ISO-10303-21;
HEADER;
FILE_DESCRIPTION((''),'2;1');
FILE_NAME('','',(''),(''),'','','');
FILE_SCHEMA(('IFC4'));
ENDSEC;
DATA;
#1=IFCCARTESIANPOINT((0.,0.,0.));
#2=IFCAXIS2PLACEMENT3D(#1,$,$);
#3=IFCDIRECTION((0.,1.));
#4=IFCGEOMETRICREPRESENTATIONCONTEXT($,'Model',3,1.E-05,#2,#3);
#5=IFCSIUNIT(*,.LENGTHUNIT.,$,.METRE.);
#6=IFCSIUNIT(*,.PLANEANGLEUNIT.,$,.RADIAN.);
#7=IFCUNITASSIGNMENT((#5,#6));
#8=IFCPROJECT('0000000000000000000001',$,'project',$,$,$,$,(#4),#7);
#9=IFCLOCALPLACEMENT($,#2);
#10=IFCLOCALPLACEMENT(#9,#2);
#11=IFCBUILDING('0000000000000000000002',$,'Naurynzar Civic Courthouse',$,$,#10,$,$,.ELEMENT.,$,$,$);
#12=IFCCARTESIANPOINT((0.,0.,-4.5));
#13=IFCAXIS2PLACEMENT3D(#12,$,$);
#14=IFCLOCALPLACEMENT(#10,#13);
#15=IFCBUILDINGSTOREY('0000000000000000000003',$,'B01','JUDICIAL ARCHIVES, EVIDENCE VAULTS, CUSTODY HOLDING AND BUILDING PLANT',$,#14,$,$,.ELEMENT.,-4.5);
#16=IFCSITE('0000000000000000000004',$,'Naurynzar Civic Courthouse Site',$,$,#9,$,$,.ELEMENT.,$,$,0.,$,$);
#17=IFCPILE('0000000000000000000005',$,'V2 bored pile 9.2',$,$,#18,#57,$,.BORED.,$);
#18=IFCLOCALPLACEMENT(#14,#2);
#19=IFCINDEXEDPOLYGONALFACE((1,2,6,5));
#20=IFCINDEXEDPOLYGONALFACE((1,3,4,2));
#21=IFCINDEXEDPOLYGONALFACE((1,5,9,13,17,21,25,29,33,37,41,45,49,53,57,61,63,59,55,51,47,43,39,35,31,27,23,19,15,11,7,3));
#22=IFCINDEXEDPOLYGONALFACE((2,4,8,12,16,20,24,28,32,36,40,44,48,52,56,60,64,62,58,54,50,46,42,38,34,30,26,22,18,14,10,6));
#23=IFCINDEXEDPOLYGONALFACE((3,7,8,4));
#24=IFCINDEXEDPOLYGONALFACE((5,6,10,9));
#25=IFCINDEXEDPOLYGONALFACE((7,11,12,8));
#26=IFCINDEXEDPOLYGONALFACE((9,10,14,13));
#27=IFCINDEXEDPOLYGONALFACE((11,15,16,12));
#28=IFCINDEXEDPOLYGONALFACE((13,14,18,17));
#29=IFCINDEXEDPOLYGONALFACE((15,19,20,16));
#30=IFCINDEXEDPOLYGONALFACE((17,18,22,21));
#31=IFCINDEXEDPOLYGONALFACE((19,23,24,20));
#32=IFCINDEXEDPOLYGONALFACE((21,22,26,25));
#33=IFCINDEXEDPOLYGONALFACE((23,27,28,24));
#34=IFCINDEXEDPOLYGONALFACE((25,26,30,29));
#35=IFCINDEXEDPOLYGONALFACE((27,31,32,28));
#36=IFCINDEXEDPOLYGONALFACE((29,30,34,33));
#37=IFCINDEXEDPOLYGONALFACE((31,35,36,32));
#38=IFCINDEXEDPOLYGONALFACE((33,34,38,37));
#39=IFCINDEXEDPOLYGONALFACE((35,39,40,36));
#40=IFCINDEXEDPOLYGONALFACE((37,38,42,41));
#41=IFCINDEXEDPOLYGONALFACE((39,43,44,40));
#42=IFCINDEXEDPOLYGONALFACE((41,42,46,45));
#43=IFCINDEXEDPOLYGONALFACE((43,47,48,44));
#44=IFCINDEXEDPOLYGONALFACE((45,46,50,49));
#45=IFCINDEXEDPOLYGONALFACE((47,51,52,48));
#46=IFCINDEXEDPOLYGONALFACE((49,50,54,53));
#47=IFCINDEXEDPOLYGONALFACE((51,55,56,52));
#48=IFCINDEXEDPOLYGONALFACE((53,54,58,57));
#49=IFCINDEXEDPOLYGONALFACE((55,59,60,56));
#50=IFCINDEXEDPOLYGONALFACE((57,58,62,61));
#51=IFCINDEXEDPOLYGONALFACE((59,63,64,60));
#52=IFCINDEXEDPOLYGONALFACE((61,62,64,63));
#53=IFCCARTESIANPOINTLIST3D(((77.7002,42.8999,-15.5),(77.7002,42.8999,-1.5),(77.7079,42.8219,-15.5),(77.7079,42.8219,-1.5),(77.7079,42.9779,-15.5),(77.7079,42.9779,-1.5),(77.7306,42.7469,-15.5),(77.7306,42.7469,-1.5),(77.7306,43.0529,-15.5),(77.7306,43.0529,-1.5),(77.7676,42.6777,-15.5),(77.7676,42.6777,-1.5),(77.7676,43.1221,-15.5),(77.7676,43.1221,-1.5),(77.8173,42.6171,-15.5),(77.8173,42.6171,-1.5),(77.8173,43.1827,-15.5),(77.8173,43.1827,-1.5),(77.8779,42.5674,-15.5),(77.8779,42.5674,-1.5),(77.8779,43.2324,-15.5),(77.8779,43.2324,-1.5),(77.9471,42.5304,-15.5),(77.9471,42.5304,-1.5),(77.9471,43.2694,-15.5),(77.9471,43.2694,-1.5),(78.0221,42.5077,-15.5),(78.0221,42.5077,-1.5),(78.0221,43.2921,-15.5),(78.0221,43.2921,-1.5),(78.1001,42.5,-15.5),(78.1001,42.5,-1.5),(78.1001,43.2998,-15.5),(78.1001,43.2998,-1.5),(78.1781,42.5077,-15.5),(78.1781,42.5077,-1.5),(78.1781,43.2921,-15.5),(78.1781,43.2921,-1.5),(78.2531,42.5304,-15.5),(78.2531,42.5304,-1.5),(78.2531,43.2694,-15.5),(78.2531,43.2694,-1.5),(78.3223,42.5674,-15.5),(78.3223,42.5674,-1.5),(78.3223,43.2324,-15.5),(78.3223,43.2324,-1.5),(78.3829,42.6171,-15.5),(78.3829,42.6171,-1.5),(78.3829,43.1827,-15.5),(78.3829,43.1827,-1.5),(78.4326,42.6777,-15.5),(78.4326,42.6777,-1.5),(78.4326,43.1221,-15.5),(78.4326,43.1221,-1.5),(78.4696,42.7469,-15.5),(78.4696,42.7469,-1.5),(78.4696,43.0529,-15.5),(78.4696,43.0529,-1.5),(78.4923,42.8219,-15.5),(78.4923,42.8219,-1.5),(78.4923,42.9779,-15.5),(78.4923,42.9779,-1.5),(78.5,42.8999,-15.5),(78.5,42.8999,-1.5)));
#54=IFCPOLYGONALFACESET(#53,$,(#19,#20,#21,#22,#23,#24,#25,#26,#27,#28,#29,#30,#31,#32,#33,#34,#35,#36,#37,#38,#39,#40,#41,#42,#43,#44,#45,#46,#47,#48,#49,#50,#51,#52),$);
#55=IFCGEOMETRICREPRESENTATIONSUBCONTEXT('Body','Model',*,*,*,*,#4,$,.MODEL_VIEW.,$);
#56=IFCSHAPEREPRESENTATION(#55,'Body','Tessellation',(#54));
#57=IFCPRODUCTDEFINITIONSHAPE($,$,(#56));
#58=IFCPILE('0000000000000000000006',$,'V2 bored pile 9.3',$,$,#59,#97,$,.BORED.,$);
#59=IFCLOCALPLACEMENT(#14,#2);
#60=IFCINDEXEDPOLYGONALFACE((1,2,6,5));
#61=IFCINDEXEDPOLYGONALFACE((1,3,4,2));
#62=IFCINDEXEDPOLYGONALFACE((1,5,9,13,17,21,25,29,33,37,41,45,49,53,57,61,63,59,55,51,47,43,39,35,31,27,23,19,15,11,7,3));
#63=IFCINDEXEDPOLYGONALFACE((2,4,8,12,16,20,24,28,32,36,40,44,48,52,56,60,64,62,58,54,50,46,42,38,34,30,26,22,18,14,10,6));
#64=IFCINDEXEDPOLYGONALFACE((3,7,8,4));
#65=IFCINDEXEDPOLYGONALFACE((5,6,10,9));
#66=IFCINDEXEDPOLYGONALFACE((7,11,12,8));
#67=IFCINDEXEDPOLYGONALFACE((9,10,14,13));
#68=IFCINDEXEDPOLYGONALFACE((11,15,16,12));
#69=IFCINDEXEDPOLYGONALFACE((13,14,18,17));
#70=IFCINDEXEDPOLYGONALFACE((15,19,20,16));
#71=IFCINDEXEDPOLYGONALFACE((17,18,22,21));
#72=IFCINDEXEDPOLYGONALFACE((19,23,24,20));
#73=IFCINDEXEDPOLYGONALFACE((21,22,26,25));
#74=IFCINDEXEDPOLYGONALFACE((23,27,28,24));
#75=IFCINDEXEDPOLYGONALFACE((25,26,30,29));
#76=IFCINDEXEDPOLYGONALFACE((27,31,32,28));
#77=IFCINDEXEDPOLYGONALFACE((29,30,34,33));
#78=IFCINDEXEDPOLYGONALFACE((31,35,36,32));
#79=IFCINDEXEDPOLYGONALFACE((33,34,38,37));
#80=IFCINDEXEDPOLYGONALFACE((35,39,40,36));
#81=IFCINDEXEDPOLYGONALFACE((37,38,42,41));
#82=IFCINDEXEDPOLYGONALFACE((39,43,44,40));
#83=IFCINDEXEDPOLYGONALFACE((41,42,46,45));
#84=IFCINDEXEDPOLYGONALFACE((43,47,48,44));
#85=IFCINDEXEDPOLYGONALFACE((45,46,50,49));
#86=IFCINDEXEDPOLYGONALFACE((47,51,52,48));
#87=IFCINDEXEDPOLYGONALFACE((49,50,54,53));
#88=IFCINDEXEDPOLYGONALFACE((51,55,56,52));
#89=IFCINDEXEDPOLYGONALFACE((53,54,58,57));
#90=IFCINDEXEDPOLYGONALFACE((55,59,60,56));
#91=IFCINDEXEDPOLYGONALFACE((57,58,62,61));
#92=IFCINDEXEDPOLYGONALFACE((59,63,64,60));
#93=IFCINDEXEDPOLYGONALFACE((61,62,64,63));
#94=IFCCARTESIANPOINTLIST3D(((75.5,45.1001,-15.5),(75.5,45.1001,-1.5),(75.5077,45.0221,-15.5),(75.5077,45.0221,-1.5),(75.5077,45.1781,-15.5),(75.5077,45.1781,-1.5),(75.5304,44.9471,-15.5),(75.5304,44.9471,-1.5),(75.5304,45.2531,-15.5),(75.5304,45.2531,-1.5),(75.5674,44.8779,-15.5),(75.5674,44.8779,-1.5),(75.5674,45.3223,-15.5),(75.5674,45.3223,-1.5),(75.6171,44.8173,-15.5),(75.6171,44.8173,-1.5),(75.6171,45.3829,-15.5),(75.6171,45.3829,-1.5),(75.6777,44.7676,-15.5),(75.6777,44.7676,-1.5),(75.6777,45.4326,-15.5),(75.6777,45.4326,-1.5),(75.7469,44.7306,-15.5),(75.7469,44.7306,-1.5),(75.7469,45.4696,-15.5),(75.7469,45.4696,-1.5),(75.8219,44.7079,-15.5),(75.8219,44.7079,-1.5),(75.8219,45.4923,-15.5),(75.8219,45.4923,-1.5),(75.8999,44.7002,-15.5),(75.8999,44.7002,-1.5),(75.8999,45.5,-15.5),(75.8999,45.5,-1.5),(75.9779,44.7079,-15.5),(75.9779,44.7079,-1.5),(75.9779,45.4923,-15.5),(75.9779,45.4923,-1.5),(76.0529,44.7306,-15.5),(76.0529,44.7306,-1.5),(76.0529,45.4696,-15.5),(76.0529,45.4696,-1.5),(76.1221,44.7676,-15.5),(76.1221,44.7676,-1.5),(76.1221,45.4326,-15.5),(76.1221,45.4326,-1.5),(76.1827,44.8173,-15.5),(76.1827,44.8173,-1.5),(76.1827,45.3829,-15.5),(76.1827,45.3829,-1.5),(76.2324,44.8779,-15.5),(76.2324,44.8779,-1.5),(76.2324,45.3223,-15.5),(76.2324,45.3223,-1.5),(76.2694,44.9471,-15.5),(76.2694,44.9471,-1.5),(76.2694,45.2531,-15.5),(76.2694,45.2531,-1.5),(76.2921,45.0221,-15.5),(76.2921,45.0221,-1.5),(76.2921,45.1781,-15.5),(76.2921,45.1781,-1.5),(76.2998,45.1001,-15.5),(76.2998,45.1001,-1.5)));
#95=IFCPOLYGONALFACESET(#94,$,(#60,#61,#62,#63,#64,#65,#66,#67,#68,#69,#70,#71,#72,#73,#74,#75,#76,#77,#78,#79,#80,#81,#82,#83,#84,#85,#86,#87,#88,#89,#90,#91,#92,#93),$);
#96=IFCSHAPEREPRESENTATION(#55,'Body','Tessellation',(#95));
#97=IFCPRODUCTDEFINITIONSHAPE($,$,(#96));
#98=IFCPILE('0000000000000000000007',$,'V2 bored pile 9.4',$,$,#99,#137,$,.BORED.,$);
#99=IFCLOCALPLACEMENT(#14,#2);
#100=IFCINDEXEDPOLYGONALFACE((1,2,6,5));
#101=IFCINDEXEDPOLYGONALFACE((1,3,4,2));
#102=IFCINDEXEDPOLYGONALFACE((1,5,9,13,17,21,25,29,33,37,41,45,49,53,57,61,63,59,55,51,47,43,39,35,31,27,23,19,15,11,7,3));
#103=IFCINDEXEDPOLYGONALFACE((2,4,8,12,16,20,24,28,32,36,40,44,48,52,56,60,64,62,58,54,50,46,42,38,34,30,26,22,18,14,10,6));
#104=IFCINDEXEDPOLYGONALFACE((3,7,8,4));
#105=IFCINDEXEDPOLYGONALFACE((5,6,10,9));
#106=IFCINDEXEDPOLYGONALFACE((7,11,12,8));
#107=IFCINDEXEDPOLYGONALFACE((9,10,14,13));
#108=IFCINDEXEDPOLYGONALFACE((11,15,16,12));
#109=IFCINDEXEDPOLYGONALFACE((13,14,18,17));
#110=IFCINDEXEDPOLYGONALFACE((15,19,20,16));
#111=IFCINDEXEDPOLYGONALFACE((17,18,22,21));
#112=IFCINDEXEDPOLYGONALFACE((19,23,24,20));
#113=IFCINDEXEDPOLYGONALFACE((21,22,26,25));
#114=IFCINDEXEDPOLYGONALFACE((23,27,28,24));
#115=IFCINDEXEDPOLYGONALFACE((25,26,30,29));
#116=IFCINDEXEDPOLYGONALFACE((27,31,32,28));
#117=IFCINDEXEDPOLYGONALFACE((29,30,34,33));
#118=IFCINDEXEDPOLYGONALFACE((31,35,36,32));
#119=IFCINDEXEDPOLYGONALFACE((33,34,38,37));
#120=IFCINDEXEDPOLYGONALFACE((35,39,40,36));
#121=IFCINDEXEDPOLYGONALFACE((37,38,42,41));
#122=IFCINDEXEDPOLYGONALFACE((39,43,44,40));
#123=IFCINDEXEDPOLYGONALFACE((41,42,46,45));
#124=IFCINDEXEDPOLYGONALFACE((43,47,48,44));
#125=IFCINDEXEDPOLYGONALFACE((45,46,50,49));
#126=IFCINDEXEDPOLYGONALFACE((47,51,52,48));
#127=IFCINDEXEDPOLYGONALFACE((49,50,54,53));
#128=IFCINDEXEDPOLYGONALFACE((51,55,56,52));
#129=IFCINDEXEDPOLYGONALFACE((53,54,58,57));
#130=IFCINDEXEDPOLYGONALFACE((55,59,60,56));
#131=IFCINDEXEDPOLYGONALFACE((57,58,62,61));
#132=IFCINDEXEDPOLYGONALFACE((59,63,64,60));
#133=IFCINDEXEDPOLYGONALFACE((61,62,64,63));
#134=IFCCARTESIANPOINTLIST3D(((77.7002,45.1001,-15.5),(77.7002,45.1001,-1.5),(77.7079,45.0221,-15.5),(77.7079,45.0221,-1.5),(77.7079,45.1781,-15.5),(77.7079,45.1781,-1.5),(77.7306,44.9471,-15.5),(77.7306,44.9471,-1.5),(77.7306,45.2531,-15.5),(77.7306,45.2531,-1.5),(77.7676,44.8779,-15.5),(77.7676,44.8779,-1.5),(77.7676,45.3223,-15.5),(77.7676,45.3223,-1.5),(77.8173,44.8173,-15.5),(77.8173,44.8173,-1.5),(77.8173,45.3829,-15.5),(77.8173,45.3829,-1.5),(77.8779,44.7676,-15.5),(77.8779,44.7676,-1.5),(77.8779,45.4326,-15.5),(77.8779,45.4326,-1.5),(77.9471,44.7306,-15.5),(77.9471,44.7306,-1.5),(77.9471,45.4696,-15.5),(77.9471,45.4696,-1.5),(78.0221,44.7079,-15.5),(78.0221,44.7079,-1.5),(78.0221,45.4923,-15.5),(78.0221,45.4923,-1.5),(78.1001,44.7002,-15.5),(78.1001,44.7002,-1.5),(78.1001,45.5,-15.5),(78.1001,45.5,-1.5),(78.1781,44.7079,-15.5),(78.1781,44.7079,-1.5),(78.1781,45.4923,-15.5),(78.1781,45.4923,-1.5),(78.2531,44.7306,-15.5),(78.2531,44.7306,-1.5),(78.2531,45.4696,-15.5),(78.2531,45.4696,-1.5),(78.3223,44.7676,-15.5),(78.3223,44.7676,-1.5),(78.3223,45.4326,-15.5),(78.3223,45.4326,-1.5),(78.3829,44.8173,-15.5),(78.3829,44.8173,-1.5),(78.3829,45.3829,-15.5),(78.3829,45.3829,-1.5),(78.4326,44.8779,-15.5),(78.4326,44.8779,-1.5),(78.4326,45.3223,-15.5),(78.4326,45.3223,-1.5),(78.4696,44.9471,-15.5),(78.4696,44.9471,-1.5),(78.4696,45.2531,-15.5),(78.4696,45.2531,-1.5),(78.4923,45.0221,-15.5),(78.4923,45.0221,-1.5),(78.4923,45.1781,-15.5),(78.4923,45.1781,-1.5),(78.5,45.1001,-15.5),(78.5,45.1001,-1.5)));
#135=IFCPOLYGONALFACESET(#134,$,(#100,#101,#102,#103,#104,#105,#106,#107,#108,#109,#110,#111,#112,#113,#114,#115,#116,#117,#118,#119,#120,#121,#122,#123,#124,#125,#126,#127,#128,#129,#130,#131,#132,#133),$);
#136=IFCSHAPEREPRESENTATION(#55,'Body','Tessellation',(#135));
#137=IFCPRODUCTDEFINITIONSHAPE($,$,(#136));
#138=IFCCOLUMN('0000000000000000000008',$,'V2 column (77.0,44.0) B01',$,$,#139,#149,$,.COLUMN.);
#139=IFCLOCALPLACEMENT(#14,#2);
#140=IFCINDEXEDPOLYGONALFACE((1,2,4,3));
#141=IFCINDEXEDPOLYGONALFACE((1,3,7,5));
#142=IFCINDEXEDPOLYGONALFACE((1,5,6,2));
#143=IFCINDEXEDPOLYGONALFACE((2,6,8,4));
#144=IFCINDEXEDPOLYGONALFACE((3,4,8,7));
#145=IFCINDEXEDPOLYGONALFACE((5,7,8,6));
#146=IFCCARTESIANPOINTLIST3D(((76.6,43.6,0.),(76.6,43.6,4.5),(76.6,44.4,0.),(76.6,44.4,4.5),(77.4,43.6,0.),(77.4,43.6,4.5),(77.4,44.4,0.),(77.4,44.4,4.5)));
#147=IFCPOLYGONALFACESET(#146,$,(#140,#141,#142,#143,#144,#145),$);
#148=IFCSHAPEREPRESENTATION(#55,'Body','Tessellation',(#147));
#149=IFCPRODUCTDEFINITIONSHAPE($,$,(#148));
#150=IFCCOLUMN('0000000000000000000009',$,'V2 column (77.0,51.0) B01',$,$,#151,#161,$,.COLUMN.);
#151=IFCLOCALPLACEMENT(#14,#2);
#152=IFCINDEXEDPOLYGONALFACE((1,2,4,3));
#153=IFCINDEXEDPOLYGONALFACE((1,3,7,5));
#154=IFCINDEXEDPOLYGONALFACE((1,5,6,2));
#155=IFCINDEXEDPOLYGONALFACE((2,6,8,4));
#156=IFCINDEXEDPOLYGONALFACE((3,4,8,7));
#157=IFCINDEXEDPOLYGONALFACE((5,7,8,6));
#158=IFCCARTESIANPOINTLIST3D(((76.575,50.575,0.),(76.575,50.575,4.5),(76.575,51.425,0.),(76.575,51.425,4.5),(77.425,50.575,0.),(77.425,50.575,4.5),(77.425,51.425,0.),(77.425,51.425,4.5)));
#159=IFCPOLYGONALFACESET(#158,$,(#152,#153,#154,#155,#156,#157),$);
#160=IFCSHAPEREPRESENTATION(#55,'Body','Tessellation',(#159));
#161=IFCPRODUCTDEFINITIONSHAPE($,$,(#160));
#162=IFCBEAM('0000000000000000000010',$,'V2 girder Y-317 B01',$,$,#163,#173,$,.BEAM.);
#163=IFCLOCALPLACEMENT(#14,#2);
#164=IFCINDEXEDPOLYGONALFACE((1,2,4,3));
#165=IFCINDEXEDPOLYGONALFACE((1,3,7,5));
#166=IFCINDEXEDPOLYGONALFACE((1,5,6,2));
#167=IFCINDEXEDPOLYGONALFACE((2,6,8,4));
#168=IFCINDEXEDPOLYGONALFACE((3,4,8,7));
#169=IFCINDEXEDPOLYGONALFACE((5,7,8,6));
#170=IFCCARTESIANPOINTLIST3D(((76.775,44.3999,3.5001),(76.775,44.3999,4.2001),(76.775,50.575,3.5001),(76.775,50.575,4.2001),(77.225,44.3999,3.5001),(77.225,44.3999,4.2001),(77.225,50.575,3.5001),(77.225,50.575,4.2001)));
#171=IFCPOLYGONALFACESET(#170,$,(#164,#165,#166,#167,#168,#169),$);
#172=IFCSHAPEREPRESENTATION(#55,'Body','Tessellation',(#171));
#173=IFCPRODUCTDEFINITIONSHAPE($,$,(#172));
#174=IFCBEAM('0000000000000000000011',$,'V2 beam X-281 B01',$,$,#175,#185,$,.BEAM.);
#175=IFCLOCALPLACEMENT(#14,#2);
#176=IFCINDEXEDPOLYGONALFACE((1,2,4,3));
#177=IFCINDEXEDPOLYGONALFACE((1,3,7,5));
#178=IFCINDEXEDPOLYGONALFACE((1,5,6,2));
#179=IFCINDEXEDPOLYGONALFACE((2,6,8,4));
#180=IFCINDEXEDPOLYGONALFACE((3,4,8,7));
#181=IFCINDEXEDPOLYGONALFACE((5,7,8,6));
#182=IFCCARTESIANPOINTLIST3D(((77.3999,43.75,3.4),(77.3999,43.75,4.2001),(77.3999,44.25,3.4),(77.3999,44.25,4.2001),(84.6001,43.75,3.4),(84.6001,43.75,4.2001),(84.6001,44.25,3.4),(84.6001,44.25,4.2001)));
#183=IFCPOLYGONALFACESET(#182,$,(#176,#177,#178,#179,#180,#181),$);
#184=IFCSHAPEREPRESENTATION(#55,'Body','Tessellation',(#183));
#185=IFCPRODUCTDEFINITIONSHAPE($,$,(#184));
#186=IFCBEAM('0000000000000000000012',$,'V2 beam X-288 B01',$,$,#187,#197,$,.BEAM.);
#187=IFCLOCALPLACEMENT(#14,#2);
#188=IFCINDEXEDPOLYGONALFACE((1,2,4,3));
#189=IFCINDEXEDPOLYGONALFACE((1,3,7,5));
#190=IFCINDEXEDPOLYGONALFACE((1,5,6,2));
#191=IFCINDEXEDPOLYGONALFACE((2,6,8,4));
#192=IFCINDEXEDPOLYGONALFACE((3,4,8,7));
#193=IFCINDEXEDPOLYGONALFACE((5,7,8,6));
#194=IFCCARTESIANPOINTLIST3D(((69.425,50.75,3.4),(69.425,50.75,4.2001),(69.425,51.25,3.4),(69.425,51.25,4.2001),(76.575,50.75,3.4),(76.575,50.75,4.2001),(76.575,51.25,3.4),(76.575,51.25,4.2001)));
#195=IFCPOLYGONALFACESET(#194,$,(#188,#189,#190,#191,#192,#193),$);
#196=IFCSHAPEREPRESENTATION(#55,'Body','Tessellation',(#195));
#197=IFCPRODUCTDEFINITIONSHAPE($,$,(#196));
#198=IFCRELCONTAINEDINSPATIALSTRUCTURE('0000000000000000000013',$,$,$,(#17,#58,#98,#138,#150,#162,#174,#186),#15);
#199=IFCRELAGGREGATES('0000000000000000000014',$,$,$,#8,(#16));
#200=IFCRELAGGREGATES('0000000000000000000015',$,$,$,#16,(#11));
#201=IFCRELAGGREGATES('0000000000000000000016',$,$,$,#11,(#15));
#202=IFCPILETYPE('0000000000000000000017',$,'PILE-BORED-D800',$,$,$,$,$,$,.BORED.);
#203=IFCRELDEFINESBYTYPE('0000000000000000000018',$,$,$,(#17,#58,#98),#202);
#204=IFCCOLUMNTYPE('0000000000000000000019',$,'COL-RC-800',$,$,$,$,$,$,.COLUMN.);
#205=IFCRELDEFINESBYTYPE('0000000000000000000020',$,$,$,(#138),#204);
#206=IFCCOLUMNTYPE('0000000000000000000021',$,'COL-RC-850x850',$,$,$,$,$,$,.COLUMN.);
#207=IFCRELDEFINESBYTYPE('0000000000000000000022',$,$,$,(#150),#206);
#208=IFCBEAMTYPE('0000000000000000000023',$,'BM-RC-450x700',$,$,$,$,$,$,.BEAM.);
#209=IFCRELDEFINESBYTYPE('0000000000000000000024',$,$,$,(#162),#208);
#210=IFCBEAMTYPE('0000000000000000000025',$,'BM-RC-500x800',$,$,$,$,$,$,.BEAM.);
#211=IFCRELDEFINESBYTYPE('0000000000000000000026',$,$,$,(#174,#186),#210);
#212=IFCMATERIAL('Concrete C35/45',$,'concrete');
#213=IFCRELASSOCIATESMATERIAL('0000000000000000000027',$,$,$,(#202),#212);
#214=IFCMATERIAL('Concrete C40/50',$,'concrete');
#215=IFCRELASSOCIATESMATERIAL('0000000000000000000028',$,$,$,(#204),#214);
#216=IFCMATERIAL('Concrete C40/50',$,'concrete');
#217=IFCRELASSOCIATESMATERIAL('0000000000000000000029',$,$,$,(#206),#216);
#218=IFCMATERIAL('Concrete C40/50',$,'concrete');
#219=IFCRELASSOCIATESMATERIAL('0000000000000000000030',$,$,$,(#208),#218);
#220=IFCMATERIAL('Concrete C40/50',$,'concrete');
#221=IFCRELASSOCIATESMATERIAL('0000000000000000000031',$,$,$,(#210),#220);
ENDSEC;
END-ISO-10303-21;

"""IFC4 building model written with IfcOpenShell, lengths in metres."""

from ifc_helpers import new_model, si_unit, direction, frame, origin, origin_2d, place, context, subcontext, project, spatial, rectangle, circle, extrude, material, material_profile, profile_set, type_object, element, save


model = new_model("IFC4")

# Units and contexts
model_context = context("Model", 3, precision=1e-05, world=origin(), true_north=direction((0.0, 1.0)))
body_context = subcontext(model_context, "Body", "Model", "MODEL_VIEW")
ifc_project = project(units=[si_unit("LENGTHUNIT", "METRE"), si_unit("PLANEANGLEUNIT", "RADIAN")], contexts=[model_context])

# Site, building, storey
site_placement = place(None, origin())
site = spatial("IfcSite", under=ifc_project, at=site_placement, Name="Naurynzar Civic Courthouse Site", CompositionType="ELEMENT", RefElevation=0.0)
building_placement = place(site_placement, origin())
building = spatial("IfcBuilding", under=site, at=building_placement, Name="Naurynzar Civic Courthouse", CompositionType="ELEMENT")
storey_placement = place(building_placement, frame((0.0, 0.0, -4.5)))
storey = spatial("IfcBuildingStorey", under=building, at=storey_placement, Name="B01", Description="JUDICIAL ARCHIVES, EVIDENCE VAULTS, CUSTODY HOLDING AND BUILDING PLANT", CompositionType="ELEMENT", Elevation=-4.5)

# Piles
ifc_material_1 = material(Name="Concrete C35/45", Category="concrete")
ifc_material_profile_1 = material_profile(ifc_material_1, circle(Radius=0.3999, at=origin_2d()), Name="PILE D800")
ifc_profile_set_1 = profile_set([ifc_material_profile_1], Name="Concrete C35/45")
pile_type_1 = type_object("IfcPileType", Name="PILE-BORED-D800", PredefinedType="BORED", material=ifc_profile_set_1)
for number, where, z_axis, x_axis, name in (
    (1, (78.1001, 42.8999, -1.5), (0.0, 0.0, -1.0), (1.0, 0.0, 0.0), "V2 bored pile 9.2"),
    (2, (75.8999, 45.1001, -1.5), (0.0, 0.0, -1.0), (1.0, 0.0, 0.0), "V2 bored pile 9.3"),
    (3, (78.1001, 45.1001, -1.5), (0.0, 0.0, -1.0), (1.0, 0.0, 0.0), "V2 bored pile 9.4"),
):
    element("IfcPile", number, at=place(storey_placement, frame(where, z_axis=z_axis, x_axis=x_axis)), inside=storey, type_object=pile_type_1, Name=name, PredefinedType="BORED", context=body_context, shape_type="SweptSolid", body=[
        extrude(circle(Radius=0.3999, at=origin_2d()), origin(), (0.0, 0.0, 1.0), 14.0),
    ])

# Columns
ifc_material_2 = material(Name="Concrete C40/50", Category="concrete")
ifc_material_profile_2 = material_profile(ifc_material_2, rectangle(XDim=0.8, YDim=0.8, at=origin_2d()), Name="RC 800x800")
ifc_profile_set_2 = profile_set([ifc_material_profile_2], Name="Concrete C40/50")
column_type_1 = type_object("IfcColumnType", Name="COL-RC-800", PredefinedType="COLUMN", material=ifc_profile_set_2)
column_1_placement = place(storey_placement, frame((77.0, 44.0, 0.0), z_axis=(0.0, 0.0, 1.0), x_axis=(1.0, 0.0, 0.0)))
element("IfcColumn", 4, at=column_1_placement, inside=storey, type_object=column_type_1, Name="V2 column (77.0,44.0) B01", PredefinedType="COLUMN", context=body_context, shape_type="SweptSolid", body=[
    extrude(rectangle(XDim=0.8, YDim=0.8, at=origin_2d()), origin(), (0.0, 0.0, 1.0), 4.5),
])
ifc_material_3 = material(Name="Concrete C40/50", Category="concrete")
ifc_material_profile_3 = material_profile(ifc_material_3, rectangle(XDim=0.8501, YDim=0.8501, at=origin_2d()), Name="RC 850x850")
ifc_profile_set_3 = profile_set([ifc_material_profile_3], Name="Concrete C40/50")
column_type_2 = type_object("IfcColumnType", Name="COL-RC-850x850", PredefinedType="COLUMN", material=ifc_profile_set_3)
column_2_placement = place(storey_placement, frame((77.0, 51.0, 0.0), z_axis=(0.0, 0.0, 1.0), x_axis=(1.0, 0.0, 0.0)))
element("IfcColumn", 5, at=column_2_placement, inside=storey, type_object=column_type_2, Name="V2 column (77.0,51.0) B01", PredefinedType="COLUMN", context=body_context, shape_type="SweptSolid", body=[
    extrude(rectangle(XDim=0.8501, YDim=0.8501, at=origin_2d()), origin(), (0.0, 0.0, 1.0), 4.5),
])

# Beams
ifc_material_4 = material(Name="Concrete C40/50", Category="concrete")
ifc_material_profile_4 = material_profile(ifc_material_4, rectangle(XDim=0.45, YDim=0.7, at=origin_2d()), Name="RCB 450x700")
ifc_profile_set_4 = profile_set([ifc_material_profile_4], Name="Concrete C40/50")
beam_type_1 = type_object("IfcBeamType", Name="BM-RC-450x700", PredefinedType="BEAM", material=ifc_profile_set_4)
beam_1_placement = place(storey_placement, frame((77.0, 44.3999, 3.8501), z_axis=(0.0, 1.0, 0.0), x_axis=(-1.0, 0.0, 0.0)))
element("IfcBeam", 6, at=beam_1_placement, inside=storey, type_object=beam_type_1, Name="V2 girder Y-317 B01", PredefinedType="BEAM", context=body_context, shape_type="SweptSolid", body=[
    extrude(rectangle(XDim=0.45, YDim=0.7, at=origin_2d()), origin(), (0.0, 0.0, 1.0), 6.175),
])
ifc_material_5 = material(Name="Concrete C40/50", Category="concrete")
ifc_material_profile_5 = material_profile(ifc_material_5, rectangle(XDim=0.5, YDim=0.8, at=origin_2d()), Name="RCB 500x800")
ifc_profile_set_5 = profile_set([ifc_material_profile_5], Name="Concrete C40/50")
beam_type_2 = type_object("IfcBeamType", Name="BM-RC-500x800", PredefinedType="BEAM", material=ifc_profile_set_5)
beam_2_placement = place(storey_placement, frame((77.3999, 44.0, 3.8), z_axis=(1.0, 0.0, 0.0), x_axis=(0.0, 1.0, 0.0)))
element("IfcBeam", 7, at=beam_2_placement, inside=storey, type_object=beam_type_2, Name="V2 beam X-281 B01", PredefinedType="BEAM", context=body_context, shape_type="SweptSolid", body=[
    extrude(rectangle(XDim=0.5, YDim=0.8, at=origin_2d()), origin(), (0.0, 0.0, 1.0), 7.2002),
])
for number, where, z_axis, x_axis, name in (
    (8, (69.425, 51.0, 3.8), (1.0, 0.0, 0.0), (0.0, 1.0, 0.0), "V2 beam X-288 B01"),
):
    element("IfcBeam", number, at=place(storey_placement, frame(where, z_axis=z_axis, x_axis=x_axis)), inside=storey, type_object=beam_type_2, Name=name, PredefinedType="BEAM", context=body_context, shape_type="SweptSolid", body=[
        extrude(rectangle(XDim=0.5, YDim=0.8, at=origin_2d()), origin(), (0.0, 0.0, 1.0), 7.1499),
    ])

save(model, "model.ifc")
